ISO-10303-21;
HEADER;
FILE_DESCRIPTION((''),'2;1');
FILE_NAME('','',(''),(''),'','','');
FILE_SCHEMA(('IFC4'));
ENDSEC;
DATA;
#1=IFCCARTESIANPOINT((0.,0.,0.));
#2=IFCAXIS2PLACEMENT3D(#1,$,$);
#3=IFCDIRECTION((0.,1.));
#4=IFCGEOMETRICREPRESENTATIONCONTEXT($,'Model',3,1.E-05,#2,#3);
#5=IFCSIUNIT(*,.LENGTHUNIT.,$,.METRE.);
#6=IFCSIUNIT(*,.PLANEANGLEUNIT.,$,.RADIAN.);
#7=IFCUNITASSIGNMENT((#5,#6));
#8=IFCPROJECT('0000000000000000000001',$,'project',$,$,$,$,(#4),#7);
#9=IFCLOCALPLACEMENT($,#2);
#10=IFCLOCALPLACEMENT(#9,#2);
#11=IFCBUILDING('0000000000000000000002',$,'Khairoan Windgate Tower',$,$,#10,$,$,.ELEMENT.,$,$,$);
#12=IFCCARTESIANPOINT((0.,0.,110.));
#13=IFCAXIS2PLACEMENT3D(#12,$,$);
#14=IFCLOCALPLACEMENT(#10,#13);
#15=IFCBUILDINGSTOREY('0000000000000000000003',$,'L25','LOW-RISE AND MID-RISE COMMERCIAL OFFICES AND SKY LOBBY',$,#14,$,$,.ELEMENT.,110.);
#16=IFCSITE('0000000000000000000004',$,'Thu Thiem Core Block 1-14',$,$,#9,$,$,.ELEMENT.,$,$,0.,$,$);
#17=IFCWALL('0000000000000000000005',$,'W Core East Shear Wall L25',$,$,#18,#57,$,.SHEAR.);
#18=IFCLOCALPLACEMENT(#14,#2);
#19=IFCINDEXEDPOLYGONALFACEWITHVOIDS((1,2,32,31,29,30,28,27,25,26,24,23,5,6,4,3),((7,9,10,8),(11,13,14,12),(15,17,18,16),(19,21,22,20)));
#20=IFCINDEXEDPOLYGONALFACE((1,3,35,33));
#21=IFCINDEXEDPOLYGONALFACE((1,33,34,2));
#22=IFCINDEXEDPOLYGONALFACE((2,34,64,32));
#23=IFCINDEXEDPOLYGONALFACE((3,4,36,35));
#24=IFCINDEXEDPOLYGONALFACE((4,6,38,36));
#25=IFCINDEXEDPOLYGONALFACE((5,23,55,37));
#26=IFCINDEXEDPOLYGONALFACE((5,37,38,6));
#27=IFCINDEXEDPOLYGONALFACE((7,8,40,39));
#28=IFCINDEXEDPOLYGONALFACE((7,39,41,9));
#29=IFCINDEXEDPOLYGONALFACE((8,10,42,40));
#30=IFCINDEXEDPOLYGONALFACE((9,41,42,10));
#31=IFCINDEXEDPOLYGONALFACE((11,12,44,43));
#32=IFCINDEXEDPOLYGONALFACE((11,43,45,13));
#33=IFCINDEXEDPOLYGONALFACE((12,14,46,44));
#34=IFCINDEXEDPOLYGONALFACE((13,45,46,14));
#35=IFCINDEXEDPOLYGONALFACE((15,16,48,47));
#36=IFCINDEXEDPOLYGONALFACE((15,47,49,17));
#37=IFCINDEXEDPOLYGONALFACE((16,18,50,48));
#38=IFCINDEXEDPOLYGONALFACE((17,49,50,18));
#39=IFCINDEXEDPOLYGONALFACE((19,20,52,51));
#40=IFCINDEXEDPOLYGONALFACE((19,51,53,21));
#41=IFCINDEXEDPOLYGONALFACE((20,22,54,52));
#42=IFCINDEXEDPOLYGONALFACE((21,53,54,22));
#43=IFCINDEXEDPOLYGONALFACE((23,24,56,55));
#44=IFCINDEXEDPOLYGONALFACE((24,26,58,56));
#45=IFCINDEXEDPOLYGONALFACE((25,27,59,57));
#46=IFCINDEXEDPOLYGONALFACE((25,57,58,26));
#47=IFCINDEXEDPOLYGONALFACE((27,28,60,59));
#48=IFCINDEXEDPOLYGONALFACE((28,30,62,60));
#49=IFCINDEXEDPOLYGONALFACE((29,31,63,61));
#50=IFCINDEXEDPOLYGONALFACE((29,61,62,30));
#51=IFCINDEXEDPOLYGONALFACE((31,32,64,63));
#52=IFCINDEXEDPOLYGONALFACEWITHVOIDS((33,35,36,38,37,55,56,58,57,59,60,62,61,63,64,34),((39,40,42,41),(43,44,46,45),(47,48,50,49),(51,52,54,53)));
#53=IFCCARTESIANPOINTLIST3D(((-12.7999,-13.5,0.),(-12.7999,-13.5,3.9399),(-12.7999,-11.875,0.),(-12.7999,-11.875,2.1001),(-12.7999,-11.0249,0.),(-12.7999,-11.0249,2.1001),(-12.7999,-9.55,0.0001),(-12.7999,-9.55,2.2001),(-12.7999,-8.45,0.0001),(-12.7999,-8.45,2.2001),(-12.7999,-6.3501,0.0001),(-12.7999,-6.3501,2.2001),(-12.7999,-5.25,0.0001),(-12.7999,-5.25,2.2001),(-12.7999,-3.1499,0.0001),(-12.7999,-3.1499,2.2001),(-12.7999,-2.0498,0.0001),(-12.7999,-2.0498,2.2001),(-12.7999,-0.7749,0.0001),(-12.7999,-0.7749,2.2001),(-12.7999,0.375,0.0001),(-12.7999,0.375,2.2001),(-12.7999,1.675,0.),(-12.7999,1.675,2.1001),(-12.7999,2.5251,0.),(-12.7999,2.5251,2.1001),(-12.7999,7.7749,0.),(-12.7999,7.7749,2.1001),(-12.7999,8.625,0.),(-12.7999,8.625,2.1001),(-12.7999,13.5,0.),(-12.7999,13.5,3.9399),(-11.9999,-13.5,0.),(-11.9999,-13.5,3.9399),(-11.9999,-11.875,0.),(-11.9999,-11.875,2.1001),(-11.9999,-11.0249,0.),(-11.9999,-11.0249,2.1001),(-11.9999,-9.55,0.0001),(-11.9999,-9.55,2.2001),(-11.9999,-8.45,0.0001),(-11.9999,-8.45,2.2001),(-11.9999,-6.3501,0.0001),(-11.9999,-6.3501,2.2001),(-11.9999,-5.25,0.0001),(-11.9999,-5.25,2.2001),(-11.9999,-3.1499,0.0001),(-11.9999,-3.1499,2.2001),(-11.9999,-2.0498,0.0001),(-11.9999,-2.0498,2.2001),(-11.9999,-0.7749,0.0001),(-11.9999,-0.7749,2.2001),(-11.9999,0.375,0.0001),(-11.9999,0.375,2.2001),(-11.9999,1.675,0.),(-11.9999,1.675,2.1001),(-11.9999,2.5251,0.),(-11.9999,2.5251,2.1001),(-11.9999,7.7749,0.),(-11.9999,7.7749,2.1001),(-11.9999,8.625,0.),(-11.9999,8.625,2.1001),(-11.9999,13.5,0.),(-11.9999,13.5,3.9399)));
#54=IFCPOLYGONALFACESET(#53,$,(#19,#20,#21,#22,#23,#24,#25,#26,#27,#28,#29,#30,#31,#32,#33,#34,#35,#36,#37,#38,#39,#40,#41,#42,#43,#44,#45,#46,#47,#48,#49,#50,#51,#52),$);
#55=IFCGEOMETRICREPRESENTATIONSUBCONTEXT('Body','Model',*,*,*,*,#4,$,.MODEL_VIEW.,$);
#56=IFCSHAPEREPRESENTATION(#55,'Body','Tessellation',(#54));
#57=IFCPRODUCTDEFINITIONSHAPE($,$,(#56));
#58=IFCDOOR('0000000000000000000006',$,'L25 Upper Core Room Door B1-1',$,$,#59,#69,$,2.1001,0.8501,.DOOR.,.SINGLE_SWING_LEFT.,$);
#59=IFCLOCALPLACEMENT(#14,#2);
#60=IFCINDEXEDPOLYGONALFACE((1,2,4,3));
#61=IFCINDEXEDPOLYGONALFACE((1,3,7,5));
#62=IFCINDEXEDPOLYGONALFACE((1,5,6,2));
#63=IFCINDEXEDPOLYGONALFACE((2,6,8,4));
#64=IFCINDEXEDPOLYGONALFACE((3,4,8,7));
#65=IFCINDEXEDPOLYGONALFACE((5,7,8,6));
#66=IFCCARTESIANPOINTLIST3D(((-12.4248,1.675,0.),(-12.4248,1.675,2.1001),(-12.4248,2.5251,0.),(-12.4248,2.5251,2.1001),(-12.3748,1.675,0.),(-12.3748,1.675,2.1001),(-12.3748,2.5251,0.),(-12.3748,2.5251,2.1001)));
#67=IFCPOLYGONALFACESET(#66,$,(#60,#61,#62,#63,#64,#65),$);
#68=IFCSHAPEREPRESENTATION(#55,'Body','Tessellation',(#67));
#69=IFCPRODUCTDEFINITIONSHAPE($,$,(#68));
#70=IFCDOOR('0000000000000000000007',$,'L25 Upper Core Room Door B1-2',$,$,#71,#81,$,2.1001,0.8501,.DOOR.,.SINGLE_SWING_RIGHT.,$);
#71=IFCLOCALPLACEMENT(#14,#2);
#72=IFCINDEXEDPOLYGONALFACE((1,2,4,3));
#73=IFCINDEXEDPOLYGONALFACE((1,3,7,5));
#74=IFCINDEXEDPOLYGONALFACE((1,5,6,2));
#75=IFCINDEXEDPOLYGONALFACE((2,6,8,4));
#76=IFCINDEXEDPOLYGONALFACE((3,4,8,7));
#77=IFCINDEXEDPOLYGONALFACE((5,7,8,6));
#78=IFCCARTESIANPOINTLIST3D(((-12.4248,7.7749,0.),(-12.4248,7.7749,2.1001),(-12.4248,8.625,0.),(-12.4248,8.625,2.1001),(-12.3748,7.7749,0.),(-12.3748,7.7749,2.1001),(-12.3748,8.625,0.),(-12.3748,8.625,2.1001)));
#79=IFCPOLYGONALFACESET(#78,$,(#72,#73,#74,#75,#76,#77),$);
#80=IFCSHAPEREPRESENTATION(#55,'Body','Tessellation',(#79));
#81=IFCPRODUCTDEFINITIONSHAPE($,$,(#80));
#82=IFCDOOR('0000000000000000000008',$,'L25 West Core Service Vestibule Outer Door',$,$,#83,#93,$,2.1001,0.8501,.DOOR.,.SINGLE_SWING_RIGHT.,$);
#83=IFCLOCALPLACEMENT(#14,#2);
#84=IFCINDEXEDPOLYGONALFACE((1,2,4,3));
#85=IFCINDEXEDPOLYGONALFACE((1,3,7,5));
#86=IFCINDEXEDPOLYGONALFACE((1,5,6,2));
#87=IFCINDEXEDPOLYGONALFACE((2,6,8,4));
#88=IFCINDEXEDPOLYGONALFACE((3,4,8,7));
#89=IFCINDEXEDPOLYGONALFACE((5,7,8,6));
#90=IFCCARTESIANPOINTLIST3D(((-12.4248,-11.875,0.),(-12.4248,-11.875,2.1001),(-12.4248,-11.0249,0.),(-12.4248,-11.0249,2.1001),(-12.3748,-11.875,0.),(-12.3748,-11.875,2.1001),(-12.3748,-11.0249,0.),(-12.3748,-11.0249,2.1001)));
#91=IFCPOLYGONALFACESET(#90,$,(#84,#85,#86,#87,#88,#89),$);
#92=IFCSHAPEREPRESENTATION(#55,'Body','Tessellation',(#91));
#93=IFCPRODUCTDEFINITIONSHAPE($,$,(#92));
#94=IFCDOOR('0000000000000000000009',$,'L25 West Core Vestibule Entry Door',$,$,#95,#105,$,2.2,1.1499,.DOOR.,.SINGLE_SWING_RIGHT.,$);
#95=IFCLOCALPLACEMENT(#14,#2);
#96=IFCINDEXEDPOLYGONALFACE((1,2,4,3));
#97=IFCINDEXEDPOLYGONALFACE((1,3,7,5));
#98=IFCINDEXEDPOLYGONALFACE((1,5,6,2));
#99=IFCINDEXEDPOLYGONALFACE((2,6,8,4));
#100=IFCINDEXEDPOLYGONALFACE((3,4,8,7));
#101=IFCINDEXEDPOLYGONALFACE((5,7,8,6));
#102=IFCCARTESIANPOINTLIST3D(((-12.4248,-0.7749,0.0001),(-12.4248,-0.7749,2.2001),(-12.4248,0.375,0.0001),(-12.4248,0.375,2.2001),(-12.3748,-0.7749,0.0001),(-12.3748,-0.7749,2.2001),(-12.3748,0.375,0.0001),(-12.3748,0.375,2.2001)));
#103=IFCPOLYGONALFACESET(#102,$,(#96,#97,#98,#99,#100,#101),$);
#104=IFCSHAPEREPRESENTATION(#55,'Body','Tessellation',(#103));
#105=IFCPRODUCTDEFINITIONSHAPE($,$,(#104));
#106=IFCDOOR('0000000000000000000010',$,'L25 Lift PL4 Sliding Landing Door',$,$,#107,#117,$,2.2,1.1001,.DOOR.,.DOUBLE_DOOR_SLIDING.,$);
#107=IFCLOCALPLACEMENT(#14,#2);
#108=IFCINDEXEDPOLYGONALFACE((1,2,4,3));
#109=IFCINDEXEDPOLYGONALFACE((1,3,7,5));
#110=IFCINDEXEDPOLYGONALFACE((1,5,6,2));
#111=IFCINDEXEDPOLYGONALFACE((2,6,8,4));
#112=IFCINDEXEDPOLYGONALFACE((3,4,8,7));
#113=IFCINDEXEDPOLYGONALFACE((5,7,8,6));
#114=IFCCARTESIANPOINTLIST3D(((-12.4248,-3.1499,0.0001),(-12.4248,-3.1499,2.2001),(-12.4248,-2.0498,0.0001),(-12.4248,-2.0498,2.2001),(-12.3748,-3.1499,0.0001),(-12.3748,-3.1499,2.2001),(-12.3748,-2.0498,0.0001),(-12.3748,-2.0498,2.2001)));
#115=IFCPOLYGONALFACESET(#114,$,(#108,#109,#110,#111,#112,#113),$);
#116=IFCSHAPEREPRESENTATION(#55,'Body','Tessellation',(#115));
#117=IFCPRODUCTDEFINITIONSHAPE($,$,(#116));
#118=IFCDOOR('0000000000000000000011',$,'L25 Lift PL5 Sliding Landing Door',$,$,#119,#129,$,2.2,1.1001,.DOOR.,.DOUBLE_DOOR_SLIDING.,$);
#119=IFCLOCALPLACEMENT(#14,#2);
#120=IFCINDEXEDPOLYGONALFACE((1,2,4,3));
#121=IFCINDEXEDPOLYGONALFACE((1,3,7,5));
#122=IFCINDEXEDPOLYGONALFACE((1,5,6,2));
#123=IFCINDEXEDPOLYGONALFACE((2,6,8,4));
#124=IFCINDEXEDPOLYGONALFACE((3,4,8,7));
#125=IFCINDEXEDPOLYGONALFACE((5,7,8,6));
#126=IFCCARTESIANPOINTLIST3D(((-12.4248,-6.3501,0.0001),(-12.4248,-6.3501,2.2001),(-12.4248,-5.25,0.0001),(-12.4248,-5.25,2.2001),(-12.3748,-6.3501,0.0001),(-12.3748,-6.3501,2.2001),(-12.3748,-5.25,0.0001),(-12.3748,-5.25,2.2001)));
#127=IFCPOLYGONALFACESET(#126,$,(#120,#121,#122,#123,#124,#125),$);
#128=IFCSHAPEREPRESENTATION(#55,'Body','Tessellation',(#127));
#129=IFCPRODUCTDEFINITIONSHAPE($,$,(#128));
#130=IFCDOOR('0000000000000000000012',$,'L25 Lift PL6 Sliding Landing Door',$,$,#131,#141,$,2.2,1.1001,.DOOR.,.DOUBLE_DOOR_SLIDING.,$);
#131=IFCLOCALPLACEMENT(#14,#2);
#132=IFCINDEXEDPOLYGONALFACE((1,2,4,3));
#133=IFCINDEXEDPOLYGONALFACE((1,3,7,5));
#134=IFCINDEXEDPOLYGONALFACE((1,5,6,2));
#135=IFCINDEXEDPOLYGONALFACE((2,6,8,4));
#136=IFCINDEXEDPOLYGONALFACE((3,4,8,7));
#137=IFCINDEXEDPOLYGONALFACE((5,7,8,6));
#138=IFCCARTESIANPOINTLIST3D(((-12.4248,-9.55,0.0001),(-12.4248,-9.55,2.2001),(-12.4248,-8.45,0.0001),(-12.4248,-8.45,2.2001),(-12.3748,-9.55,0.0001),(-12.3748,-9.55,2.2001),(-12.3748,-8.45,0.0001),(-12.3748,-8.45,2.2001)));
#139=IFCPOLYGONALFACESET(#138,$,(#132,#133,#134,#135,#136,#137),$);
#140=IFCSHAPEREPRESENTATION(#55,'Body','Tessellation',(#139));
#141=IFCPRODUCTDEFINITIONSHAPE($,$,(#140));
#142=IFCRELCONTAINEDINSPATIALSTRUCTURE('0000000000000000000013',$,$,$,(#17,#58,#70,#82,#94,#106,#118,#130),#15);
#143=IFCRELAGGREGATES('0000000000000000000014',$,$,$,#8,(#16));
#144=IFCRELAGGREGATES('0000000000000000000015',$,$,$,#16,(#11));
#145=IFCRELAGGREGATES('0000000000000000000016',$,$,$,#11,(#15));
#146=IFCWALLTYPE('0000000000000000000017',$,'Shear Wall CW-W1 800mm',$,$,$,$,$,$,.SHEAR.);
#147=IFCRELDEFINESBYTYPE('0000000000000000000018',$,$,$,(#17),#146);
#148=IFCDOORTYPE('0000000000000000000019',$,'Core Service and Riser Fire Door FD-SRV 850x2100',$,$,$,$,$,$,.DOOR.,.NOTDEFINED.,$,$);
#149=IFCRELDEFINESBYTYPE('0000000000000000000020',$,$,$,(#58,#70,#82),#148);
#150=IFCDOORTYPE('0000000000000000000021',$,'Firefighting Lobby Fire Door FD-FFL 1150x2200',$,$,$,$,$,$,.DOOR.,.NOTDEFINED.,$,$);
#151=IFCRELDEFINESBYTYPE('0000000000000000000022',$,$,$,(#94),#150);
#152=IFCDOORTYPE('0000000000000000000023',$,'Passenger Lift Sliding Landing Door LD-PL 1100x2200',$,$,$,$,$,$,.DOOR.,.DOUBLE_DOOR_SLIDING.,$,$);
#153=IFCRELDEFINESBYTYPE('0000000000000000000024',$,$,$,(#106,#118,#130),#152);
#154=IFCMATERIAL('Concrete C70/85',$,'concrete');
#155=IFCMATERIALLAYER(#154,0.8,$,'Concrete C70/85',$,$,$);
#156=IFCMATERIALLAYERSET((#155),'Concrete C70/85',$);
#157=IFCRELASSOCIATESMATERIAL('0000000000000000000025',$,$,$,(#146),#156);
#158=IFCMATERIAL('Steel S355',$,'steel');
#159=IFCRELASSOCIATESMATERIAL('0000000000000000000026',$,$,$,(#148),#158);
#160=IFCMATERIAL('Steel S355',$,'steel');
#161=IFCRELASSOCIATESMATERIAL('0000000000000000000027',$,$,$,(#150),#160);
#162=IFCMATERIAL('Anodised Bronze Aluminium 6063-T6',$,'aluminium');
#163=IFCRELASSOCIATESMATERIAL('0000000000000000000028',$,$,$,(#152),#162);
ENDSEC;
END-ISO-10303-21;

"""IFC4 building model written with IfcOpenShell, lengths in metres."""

from ifc_helpers import new_model, si_unit, direction, frame, frame_2d, origin, place, context, subcontext, project, spatial, rectangle, extrude, material, layer, layer_set, type_object, element, fill, save


model = new_model("IFC4")

# Units and contexts
model_context = context("Model", 3, precision=1e-05, world=origin(), true_north=direction((0.0, 1.0)))
body_context = subcontext(model_context, "Body", "Model", "MODEL_VIEW")
ifc_project = project(units=[si_unit("LENGTHUNIT", "METRE"), si_unit("PLANEANGLEUNIT", "RADIAN")], contexts=[model_context])

# Site, building, storey
site_placement = place(None, origin())
site = spatial("IfcSite", under=ifc_project, at=site_placement, Name="Thu Thiem Core Block 1-14", CompositionType="ELEMENT", RefElevation=0.0)
building_placement = place(site_placement, origin())
building = spatial("IfcBuilding", under=site, at=building_placement, Name="Khairoan Windgate Tower", CompositionType="ELEMENT")
storey_placement = place(building_placement, frame((0.0, 0.0, 110.0)))
storey = spatial("IfcBuildingStorey", under=building, at=storey_placement, Name="L25", Description="LOW-RISE AND MID-RISE COMMERCIAL OFFICES AND SKY LOBBY", CompositionType="ELEMENT", Elevation=110.0)

# Wall, openings, doors
ifc_material_1 = material(Name="Concrete C70/85", Category="concrete")
ifc_layer_1 = layer(ifc_material_1, 0.8, Name="Concrete C70/85")
ifc_layer_set_1 = layer_set([ifc_layer_1], Name="Concrete C70/85")
wall_type_1 = type_object("IfcWallType", Name="Shear Wall CW-W1 800mm", PredefinedType="SHEAR", material=ifc_layer_set_1)
wall_1_placement = place(storey_placement, frame((-12.3999, -13.5, 0.0), z_axis=(0.0, 0.0, 1.0), x_axis=(0.0, 1.0, 0.0)))
wall_1 = element("IfcWall", 1, at=wall_1_placement, inside=storey, type_object=wall_type_1, Name="W Core East Shear Wall L25", PredefinedType="SHEAR", context=body_context, shape_type="SweptSolid", body=[
    extrude(rectangle(XDim=27.0, YDim=0.8, at=frame_2d((13.5, 0.0))), origin(), (0.0, 0.0, 1.0), 3.9399),
])
opening_1_placement = place(wall_1_placement, frame((10.3501, 0.0, 0.0)))
opening_1 = element("IfcOpeningElement", 2, at=opening_1_placement, cuts=wall_1, PredefinedType="OPENING", context=body_context, shape_type="SweptSolid", body=[
    extrude(rectangle(XDim=1.1001, YDim=2.2, at=frame_2d((0.55, 1.1001))), frame((0.0, 0.4099, 0.0), z_axis=(0.0, -1.0, 0.0), x_axis=(1.0, 0.0, 0.0)), (0.0, 0.0, 1.0), 0.8201),
])
opening_2_placement = place(wall_1_placement, frame((7.1499, 0.0, 0.0)))
opening_2 = element("IfcOpeningElement", 3, at=opening_2_placement, cuts=wall_1, PredefinedType="OPENING", context=body_context, shape_type="SweptSolid", body=[
    extrude(rectangle(XDim=1.1001, YDim=2.2, at=frame_2d((0.55, 1.1001))), frame((0.0, 0.4099, 0.0), z_axis=(0.0, -1.0, 0.0), x_axis=(1.0, 0.0, 0.0)), (0.0, 0.0, 1.0), 0.8201),
])
opening_3_placement = place(wall_1_placement, frame((3.95, 0.0, 0.0)))
opening_3 = element("IfcOpeningElement", 4, at=opening_3_placement, cuts=wall_1, PredefinedType="OPENING", context=body_context, shape_type="SweptSolid", body=[
    extrude(rectangle(XDim=1.1001, YDim=2.2, at=frame_2d((0.55, 1.1001))), frame((0.0, 0.4099, 0.0), z_axis=(0.0, -1.0, 0.0), x_axis=(1.0, 0.0, 0.0)), (0.0, 0.0, 1.0), 0.8201),
])
opening_4_placement = place(wall_1_placement, frame((15.175, 0.0, 0.0)))
opening_4 = element("IfcOpeningElement", 5, at=opening_4_placement, cuts=wall_1, PredefinedType="OPENING", context=body_context, shape_type="SweptSolid", body=[
    extrude(rectangle(XDim=0.8501, YDim=2.1001, at=frame_2d((0.425, 1.05))), frame((0.0, 0.4099, 0.0), z_axis=(0.0, -1.0, 0.0), x_axis=(1.0, 0.0, 0.0)), (0.0, 0.0, 1.0), 0.8201),
])
opening_5_placement = place(wall_1_placement, frame((21.2749, 0.0, 0.0)))
opening_5 = element("IfcOpeningElement", 6, at=opening_5_placement, cuts=wall_1, PredefinedType="OPENING", context=body_context, shape_type="SweptSolid", body=[
    extrude(rectangle(XDim=0.8501, YDim=2.1001, at=frame_2d((0.425, 1.05))), frame((0.0, 0.4099, 0.0), z_axis=(0.0, -1.0, 0.0), x_axis=(1.0, 0.0, 0.0)), (0.0, 0.0, 1.0), 0.8201),
])
opening_6_placement = place(wall_1_placement, frame((12.7251, 0.0, 0.0)))
opening_6 = element("IfcOpeningElement", 7, at=opening_6_placement, cuts=wall_1, PredefinedType="OPENING", context=body_context, shape_type="SweptSolid", body=[
    extrude(rectangle(XDim=1.1499, YDim=2.2, at=frame_2d((0.575, 1.1001))), frame((0.0, 0.4099, 0.0), z_axis=(0.0, -1.0, 0.0), x_axis=(1.0, 0.0, 0.0)), (0.0, 0.0, 1.0), 0.8201),
])
opening_7_placement = place(wall_1_placement, frame((1.625, 0.0, 0.0)))
opening_7 = element("IfcOpeningElement", 8, at=opening_7_placement, cuts=wall_1, PredefinedType="OPENING", context=body_context, shape_type="SweptSolid", body=[
    extrude(rectangle(XDim=0.8501, YDim=2.1001, at=frame_2d((0.425, 1.05))), frame((0.0, 0.4099, 0.0), z_axis=(0.0, -1.0, 0.0), x_axis=(1.0, 0.0, 0.0)), (0.0, 0.0, 1.0), 0.8201),
])
ifc_material_2 = material(Name="Steel S355", Category="steel")
door_type_1 = type_object("IfcDoorType", Name="Core Service and Riser Fire Door FD-SRV 850x2100", OperationType="NOTDEFINED", PredefinedType="DOOR", material=ifc_material_2)
door_1_placement = place(opening_4_placement, origin())
door_1 = element("IfcDoor", 9, at=door_1_placement, inside=storey, type_object=door_type_1, Name="L25 Upper Core Room Door B1-1", OperationType="SINGLE_SWING_LEFT", OverallHeight=2.1001, OverallWidth=0.8501, PredefinedType="DOOR", context=body_context, shape_type="SweptSolid", body=[
    extrude(rectangle(XDim=0.8501, YDim=2.1001, at=frame_2d((0.425, 1.05))), frame((0.0, 0.0249, 0.0), z_axis=(0.0, -1.0, 0.0), x_axis=(1.0, 0.0, 0.0)), (0.0, 0.0, 1.0), 0.05),
])
fill(opening_4, door_1)
door_2_placement = place(opening_5_placement, origin())
door_2 = element("IfcDoor", 10, at=door_2_placement, inside=storey, type_object=door_type_1, Name="L25 Upper Core Room Door B1-2", OperationType="SINGLE_SWING_RIGHT", OverallHeight=2.1001, OverallWidth=0.8501, PredefinedType="DOOR", context=body_context, shape_type="SweptSolid", body=[
    extrude(rectangle(XDim=0.8501, YDim=2.1001, at=frame_2d((0.425, 1.05))), frame((0.0, 0.0249, 0.0), z_axis=(0.0, -1.0, 0.0), x_axis=(1.0, 0.0, 0.0)), (0.0, 0.0, 1.0), 0.05),
])
fill(opening_5, door_2)
door_3_placement = place(opening_7_placement, origin())
door_3 = element("IfcDoor", 11, at=door_3_placement, inside=storey, type_object=door_type_1, Name="L25 West Core Service Vestibule Outer Door", OperationType="SINGLE_SWING_RIGHT", OverallHeight=2.1001, OverallWidth=0.8501, PredefinedType="DOOR", context=body_context, shape_type="SweptSolid", body=[
    extrude(rectangle(XDim=0.8501, YDim=2.1001, at=frame_2d((0.425, 1.05))), frame((0.0, 0.0249, 0.0), z_axis=(0.0, -1.0, 0.0), x_axis=(1.0, 0.0, 0.0)), (0.0, 0.0, 1.0), 0.05),
])
fill(opening_7, door_3)
ifc_material_3 = material(Name="Steel S355", Category="steel")
door_type_2 = type_object("IfcDoorType", Name="Firefighting Lobby Fire Door FD-FFL 1150x2200", OperationType="NOTDEFINED", PredefinedType="DOOR", material=ifc_material_3)
door_4_placement = place(opening_6_placement, origin())
door_4 = element("IfcDoor", 12, at=door_4_placement, inside=storey, type_object=door_type_2, Name="L25 West Core Vestibule Entry Door", OperationType="SINGLE_SWING_RIGHT", OverallHeight=2.2, OverallWidth=1.1499, PredefinedType="DOOR", context=body_context, shape_type="SweptSolid", body=[
    extrude(rectangle(XDim=1.1499, YDim=2.2, at=frame_2d((0.575, 1.1001))), frame((0.0, 0.0249, 0.0), z_axis=(0.0, -1.0, 0.0), x_axis=(1.0, 0.0, 0.0)), (0.0, 0.0, 1.0), 0.05),
])
fill(opening_6, door_4)
ifc_material_4 = material(Name="Anodised Bronze Aluminium 6063-T6", Category="aluminium")
door_type_3 = type_object("IfcDoorType", Name="Passenger Lift Sliding Landing Door LD-PL 1100x2200", OperationType="DOUBLE_DOOR_SLIDING", PredefinedType="DOOR", material=ifc_material_4)
door_5_placement = place(opening_1_placement, origin())
door_5 = element("IfcDoor", 13, at=door_5_placement, inside=storey, type_object=door_type_3, Name="L25 Lift PL4 Sliding Landing Door", OperationType="DOUBLE_DOOR_SLIDING", OverallHeight=2.2, OverallWidth=1.1001, PredefinedType="DOOR", context=body_context, shape_type="SweptSolid", body=[
    extrude(rectangle(XDim=1.1001, YDim=2.2, at=frame_2d((0.55, 1.1001))), frame((0.0, 0.0249, 0.0), z_axis=(0.0, -1.0, 0.0), x_axis=(1.0, 0.0, 0.0)), (0.0, 0.0, 1.0), 0.05),
])
fill(opening_1, door_5)
door_6_placement = place(opening_2_placement, origin())
door_6 = element("IfcDoor", 14, at=door_6_placement, inside=storey, type_object=door_type_3, Name="L25 Lift PL5 Sliding Landing Door", OperationType="DOUBLE_DOOR_SLIDING", OverallHeight=2.2, OverallWidth=1.1001, PredefinedType="DOOR", context=body_context, shape_type="SweptSolid", body=[
    extrude(rectangle(XDim=1.1001, YDim=2.2, at=frame_2d((0.55, 1.1001))), frame((0.0, 0.0249, 0.0), z_axis=(0.0, -1.0, 0.0), x_axis=(1.0, 0.0, 0.0)), (0.0, 0.0, 1.0), 0.05),
])
fill(opening_2, door_6)
door_7_placement = place(opening_3_placement, origin())
door_7 = element("IfcDoor", 15, at=door_7_placement, inside=storey, type_object=door_type_3, Name="L25 Lift PL6 Sliding Landing Door", OperationType="DOUBLE_DOOR_SLIDING", OverallHeight=2.2, OverallWidth=1.1001, PredefinedType="DOOR", context=body_context, shape_type="SweptSolid", body=[
    extrude(rectangle(XDim=1.1001, YDim=2.2, at=frame_2d((0.55, 1.1001))), frame((0.0, 0.0249, 0.0), z_axis=(0.0, -1.0, 0.0), x_axis=(1.0, 0.0, 0.0)), (0.0, 0.0, 1.0), 0.05),
])
fill(opening_3, door_7)

save(model, "model.ifc")
